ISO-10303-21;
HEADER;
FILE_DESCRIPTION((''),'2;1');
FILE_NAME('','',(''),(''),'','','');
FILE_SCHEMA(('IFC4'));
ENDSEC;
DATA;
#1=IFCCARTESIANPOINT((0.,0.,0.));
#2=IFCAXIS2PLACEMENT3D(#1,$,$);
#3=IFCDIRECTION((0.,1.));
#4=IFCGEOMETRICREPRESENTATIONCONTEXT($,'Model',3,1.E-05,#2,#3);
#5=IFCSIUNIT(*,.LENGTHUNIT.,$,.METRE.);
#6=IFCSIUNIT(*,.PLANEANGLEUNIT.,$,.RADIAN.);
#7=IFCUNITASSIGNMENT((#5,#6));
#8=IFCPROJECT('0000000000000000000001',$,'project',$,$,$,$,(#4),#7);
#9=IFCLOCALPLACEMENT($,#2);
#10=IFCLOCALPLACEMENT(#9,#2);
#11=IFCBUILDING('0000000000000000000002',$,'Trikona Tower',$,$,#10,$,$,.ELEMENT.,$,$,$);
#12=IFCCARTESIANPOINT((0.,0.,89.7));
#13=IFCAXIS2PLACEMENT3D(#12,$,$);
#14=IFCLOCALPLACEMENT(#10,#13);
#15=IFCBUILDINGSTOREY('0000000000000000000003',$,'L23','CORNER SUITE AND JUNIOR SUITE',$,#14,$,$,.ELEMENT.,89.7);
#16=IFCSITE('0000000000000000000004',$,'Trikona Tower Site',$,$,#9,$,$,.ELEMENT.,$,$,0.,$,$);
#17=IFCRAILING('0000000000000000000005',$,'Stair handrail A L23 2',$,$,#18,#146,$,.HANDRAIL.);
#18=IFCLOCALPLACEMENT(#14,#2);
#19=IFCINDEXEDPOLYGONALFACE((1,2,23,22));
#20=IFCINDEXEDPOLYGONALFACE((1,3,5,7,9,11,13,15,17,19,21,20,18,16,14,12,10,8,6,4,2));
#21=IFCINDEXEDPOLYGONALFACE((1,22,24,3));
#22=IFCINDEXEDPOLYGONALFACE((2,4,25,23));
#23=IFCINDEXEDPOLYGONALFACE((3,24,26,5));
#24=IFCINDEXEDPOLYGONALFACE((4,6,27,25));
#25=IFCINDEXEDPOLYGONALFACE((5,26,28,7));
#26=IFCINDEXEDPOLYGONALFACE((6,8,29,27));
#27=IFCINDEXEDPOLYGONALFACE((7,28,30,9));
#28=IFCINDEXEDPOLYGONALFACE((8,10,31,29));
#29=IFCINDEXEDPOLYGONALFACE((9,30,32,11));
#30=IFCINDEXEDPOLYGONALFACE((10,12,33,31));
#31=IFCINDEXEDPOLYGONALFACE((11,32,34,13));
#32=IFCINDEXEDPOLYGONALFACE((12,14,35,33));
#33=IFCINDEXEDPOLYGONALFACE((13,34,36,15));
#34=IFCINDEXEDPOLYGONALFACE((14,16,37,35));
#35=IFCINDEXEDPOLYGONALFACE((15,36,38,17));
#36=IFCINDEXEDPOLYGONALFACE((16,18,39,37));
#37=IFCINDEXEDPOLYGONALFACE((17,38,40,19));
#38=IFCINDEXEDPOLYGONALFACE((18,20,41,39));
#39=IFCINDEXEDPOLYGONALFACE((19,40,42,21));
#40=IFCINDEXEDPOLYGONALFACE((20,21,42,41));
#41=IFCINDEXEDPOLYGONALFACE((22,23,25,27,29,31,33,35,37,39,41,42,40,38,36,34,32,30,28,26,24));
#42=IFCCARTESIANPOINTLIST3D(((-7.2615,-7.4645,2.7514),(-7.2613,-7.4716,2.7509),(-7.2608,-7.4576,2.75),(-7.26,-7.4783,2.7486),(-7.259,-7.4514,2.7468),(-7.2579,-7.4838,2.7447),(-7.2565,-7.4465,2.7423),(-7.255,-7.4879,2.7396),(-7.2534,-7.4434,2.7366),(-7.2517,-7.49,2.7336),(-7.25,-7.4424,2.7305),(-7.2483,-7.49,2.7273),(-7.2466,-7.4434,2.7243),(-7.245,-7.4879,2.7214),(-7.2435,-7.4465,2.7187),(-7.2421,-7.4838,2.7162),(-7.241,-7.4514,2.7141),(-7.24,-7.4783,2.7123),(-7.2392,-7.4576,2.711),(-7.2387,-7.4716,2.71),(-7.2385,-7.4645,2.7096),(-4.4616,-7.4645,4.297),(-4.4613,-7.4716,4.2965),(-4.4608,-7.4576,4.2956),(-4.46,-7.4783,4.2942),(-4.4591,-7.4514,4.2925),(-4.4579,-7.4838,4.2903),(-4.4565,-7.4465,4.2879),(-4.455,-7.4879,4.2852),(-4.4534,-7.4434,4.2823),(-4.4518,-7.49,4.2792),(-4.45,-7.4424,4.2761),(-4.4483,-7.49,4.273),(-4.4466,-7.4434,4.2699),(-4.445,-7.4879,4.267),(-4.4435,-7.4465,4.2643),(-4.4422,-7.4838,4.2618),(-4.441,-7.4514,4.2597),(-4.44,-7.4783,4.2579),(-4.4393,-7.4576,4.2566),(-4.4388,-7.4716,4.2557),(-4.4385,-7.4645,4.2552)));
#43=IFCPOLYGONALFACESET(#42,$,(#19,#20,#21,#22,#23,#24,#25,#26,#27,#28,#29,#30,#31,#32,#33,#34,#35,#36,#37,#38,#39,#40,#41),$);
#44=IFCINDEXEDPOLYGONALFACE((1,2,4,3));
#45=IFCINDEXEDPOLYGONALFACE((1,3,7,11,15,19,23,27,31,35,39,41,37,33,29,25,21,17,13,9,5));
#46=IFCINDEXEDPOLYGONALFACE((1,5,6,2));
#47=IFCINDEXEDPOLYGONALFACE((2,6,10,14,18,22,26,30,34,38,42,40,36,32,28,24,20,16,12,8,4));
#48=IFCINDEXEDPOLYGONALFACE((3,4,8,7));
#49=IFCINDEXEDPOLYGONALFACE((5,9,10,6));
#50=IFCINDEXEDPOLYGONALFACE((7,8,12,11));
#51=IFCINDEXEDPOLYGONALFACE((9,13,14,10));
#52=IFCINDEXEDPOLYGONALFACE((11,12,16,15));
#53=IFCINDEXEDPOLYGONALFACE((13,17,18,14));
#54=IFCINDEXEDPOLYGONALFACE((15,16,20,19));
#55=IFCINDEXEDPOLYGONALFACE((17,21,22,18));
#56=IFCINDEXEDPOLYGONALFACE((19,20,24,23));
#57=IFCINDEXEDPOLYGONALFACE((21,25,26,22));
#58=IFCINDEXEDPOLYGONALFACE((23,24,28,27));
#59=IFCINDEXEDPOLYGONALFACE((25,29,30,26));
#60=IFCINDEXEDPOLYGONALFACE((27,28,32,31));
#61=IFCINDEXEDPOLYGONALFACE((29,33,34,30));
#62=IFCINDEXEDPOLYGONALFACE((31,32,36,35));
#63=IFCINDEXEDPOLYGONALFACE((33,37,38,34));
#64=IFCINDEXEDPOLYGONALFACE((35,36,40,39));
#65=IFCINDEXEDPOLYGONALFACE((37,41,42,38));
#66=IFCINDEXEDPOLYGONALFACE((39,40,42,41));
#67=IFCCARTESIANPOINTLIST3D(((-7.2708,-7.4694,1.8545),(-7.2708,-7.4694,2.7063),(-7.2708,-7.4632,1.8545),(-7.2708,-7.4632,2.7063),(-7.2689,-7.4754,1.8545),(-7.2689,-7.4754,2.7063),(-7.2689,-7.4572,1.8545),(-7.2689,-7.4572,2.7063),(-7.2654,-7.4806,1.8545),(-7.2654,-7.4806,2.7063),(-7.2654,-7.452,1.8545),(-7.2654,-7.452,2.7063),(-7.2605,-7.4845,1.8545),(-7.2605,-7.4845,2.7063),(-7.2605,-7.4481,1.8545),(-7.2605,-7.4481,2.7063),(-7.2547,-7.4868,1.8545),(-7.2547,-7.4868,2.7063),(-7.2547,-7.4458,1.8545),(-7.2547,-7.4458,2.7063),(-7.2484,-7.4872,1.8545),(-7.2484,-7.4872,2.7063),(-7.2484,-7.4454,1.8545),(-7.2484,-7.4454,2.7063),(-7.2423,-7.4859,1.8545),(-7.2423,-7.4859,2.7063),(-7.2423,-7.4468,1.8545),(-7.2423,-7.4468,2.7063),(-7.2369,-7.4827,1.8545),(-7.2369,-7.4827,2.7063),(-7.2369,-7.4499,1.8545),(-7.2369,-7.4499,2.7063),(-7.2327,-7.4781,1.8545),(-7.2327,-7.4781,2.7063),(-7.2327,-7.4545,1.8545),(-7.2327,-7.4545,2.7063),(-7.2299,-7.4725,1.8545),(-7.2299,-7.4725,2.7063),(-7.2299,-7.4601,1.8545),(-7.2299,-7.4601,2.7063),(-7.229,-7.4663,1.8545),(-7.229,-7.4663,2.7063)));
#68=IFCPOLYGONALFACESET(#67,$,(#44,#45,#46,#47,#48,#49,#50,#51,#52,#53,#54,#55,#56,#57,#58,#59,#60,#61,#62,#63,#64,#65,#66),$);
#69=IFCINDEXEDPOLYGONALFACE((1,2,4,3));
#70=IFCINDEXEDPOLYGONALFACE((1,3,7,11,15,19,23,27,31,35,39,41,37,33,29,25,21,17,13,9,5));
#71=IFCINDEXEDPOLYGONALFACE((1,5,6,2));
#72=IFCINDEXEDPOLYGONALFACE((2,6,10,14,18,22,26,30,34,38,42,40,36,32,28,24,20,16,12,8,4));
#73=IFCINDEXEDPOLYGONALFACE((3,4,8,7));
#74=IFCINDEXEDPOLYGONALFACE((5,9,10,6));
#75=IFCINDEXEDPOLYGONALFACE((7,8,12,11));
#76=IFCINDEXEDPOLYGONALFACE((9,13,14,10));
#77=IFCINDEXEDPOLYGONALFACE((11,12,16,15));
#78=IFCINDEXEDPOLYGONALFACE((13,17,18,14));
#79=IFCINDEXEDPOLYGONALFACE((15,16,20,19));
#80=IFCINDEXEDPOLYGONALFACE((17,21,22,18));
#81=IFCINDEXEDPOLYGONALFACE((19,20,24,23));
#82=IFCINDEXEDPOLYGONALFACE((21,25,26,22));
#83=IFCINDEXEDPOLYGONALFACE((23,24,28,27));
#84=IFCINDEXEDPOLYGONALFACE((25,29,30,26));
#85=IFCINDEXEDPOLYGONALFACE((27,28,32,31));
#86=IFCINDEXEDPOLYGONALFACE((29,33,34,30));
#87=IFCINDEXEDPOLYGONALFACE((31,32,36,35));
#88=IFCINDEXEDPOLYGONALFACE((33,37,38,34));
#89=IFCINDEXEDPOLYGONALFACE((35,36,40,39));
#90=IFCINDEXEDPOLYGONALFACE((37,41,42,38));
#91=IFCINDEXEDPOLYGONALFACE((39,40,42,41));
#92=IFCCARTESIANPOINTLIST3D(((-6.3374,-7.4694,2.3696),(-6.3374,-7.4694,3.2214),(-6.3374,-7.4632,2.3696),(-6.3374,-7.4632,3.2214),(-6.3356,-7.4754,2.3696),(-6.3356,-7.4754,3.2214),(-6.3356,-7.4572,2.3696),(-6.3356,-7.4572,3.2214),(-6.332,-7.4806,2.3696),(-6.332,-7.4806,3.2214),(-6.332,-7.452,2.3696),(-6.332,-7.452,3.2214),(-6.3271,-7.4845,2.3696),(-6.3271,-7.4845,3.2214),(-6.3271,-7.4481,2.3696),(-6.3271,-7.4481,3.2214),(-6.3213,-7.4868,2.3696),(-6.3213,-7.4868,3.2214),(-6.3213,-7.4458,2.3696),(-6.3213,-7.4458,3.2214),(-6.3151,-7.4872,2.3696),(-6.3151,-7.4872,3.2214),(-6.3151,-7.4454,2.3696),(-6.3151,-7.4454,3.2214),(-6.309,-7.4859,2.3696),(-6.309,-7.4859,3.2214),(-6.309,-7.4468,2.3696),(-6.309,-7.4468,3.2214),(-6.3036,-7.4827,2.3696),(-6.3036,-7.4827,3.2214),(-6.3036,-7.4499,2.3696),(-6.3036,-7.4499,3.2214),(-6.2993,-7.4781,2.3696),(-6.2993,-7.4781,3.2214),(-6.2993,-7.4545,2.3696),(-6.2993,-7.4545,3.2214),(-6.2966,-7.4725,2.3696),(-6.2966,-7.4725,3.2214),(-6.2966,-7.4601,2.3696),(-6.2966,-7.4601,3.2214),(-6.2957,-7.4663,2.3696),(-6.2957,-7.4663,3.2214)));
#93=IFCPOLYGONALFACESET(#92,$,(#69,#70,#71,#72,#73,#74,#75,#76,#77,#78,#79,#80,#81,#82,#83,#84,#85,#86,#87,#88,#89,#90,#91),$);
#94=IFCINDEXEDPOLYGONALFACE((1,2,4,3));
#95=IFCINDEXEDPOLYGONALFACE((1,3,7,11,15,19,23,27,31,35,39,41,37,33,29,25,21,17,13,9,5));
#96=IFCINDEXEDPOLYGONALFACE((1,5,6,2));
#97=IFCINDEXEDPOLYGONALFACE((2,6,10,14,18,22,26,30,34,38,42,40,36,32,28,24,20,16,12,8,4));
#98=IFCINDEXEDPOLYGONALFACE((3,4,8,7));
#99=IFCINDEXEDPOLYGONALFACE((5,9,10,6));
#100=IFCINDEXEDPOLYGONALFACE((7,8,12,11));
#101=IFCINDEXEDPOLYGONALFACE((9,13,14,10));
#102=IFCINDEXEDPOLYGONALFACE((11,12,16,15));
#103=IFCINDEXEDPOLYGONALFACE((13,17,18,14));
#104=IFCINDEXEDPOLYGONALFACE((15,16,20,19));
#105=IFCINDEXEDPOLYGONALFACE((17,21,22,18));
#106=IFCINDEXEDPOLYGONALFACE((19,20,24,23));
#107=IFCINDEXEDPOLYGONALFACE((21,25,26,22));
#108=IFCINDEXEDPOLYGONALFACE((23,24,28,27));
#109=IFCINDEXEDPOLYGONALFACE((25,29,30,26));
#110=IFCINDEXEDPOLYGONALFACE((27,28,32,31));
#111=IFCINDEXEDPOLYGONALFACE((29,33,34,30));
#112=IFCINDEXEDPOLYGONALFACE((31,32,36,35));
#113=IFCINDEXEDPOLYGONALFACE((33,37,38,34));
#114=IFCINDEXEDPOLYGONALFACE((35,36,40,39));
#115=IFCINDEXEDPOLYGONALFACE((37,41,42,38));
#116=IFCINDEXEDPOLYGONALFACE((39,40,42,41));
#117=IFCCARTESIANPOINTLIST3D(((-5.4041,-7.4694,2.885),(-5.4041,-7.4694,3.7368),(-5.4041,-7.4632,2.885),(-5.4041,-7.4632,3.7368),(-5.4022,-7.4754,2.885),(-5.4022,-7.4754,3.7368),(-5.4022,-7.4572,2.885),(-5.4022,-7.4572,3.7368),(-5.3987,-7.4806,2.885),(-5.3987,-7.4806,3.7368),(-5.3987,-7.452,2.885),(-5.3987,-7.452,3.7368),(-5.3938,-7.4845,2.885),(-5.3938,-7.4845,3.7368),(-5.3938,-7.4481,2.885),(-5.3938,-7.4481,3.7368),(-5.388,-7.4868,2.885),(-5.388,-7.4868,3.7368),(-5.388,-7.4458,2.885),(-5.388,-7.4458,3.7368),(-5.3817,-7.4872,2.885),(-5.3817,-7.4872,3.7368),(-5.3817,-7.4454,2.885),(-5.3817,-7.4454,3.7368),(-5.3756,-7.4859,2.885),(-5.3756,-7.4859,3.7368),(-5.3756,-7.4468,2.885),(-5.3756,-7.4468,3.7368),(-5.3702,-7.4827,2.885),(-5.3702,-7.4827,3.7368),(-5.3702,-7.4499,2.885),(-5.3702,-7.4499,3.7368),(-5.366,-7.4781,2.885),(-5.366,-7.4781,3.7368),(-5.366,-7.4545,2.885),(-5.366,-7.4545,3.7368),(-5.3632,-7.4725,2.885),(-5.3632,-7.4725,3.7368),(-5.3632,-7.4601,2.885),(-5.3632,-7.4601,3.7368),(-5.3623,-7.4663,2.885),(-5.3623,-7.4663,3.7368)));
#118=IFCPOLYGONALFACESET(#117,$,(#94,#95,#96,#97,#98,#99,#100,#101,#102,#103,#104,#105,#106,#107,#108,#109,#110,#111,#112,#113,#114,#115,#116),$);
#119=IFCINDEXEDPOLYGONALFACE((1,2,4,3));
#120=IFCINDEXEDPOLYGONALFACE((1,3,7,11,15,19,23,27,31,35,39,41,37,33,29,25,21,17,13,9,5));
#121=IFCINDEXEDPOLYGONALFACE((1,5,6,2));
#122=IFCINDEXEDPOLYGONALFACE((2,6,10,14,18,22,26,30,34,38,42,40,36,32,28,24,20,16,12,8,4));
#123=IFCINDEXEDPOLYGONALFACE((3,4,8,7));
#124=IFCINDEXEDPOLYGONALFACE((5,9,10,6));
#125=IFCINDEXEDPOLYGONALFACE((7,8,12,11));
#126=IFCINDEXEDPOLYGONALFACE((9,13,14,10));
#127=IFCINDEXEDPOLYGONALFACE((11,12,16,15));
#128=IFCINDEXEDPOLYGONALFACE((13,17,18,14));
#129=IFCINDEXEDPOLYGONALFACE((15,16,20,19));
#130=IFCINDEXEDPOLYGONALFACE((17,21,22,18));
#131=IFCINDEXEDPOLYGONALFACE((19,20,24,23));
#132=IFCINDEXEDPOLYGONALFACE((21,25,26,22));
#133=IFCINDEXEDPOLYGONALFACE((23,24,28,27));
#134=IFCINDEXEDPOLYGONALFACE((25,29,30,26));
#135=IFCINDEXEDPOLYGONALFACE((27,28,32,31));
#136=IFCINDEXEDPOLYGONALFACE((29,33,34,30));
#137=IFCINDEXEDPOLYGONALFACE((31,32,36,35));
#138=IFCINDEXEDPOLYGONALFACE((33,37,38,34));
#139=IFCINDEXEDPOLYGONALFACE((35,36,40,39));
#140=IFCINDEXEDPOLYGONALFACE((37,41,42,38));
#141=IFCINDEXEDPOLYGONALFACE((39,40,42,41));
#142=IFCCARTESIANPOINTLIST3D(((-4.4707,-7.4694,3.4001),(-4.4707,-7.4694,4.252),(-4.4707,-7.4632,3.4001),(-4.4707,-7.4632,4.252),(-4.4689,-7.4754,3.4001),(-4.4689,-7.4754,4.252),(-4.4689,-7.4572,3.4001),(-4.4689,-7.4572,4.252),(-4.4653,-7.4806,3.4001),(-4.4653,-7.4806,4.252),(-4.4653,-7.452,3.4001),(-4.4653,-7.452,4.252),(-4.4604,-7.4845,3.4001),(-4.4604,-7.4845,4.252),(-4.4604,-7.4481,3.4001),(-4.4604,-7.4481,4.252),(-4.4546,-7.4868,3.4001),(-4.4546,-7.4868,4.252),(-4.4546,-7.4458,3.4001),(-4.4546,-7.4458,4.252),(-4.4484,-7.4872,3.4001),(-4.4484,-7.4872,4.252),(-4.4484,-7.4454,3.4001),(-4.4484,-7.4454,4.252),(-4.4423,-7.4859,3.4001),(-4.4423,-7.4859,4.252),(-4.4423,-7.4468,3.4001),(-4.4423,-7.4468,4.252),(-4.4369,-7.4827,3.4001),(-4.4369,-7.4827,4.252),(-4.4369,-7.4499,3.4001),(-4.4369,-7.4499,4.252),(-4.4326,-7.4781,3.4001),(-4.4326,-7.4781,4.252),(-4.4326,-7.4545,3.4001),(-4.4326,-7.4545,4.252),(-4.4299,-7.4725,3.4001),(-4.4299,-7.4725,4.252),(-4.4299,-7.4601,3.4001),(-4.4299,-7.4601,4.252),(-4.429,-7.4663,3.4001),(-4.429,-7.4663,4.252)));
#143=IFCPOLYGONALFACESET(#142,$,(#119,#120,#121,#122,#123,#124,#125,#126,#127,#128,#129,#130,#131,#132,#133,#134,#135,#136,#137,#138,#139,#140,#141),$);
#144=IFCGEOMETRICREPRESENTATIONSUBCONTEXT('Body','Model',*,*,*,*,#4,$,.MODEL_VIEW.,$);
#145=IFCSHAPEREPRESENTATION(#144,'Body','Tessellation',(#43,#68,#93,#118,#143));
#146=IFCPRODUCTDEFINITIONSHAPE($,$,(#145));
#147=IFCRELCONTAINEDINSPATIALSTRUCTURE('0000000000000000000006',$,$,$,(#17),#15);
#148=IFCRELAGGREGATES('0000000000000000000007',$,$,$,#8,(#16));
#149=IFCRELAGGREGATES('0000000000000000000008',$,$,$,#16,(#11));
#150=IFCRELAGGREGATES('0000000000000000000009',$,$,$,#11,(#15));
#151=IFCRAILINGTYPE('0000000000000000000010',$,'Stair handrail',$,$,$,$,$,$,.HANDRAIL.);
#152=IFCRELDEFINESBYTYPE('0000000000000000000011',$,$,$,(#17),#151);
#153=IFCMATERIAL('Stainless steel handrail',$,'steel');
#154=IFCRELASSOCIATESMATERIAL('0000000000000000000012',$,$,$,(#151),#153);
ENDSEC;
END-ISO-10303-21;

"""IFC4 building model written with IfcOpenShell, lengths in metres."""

from ifc_helpers import new_model, si_unit, direction, frame, origin, origin_2d, place, context, subcontext, project, spatial, circle, extrude, material, type_object, element, save


model = new_model("IFC4")

# Units and contexts
model_context = context("Model", 3, precision=1e-05, world=origin(), true_north=direction((0.0, 1.0)))
body_context = subcontext(model_context, "Body", "Model", "MODEL_VIEW")
ifc_project = project(units=[si_unit("LENGTHUNIT", "METRE"), si_unit("PLANEANGLEUNIT", "RADIAN")], contexts=[model_context])

# Site, building, storey
site_placement = place(None, origin())
site = spatial("IfcSite", under=ifc_project, at=site_placement, Name="Trikona Tower Site", CompositionType="ELEMENT", RefElevation=0.0)
building_placement = place(site_placement, origin())
building = spatial("IfcBuilding", under=site, at=building_placement, Name="Trikona Tower", CompositionType="ELEMENT")
storey_placement = place(building_placement, frame((0.0, 0.0, 89.7)))
storey = spatial("IfcBuildingStorey", under=building, at=storey_placement, Name="L23", Description="CORNER SUITE AND JUNIOR SUITE", CompositionType="ELEMENT", Elevation=89.7)

# Railing
ifc_material_1 = material(Name="Stainless steel handrail", Category="steel")
railing_type = type_object("IfcRailingType", Name="Stair handrail", PredefinedType="HANDRAIL", material=ifc_material_1)
railing_1_placement = place(storey_placement, frame((-7.25, -7.4663, 1.8545)))
element("IfcRailing", 1, at=railing_1_placement, inside=storey, type_object=railing_type, Name="Stair handrail A L23 2", PredefinedType="HANDRAIL", context=body_context, shape_type="SweptSolid", body=[
    extrude(circle(Radius=0.0239, at=origin_2d()), frame((0.0, 0.0, 0.876), z_axis=(0.875472, 0.0, 0.483269), x_axis=(0.0, 1.0, 0.0)), (0.0, 0.0, 1.0), 3.1982),
    extrude(circle(Radius=0.021, at=origin_2d()), origin(), (0.0, 0.0, 1.0), 0.8518),
    extrude(circle(Radius=0.021, at=origin_2d()), frame((0.9333, 0.0, 0.5151)), (0.0, 0.0, 1.0), 0.8518),
    extrude(circle(Radius=0.021, at=origin_2d()), frame((1.8667, 0.0, 1.0305)), (0.0, 0.0, 1.0), 0.8518),
    extrude(circle(Radius=0.021, at=origin_2d()), frame((2.8, 0.0, 1.5457)), (0.0, 0.0, 1.0), 0.8518),
])

save(model, "model.ifc")
